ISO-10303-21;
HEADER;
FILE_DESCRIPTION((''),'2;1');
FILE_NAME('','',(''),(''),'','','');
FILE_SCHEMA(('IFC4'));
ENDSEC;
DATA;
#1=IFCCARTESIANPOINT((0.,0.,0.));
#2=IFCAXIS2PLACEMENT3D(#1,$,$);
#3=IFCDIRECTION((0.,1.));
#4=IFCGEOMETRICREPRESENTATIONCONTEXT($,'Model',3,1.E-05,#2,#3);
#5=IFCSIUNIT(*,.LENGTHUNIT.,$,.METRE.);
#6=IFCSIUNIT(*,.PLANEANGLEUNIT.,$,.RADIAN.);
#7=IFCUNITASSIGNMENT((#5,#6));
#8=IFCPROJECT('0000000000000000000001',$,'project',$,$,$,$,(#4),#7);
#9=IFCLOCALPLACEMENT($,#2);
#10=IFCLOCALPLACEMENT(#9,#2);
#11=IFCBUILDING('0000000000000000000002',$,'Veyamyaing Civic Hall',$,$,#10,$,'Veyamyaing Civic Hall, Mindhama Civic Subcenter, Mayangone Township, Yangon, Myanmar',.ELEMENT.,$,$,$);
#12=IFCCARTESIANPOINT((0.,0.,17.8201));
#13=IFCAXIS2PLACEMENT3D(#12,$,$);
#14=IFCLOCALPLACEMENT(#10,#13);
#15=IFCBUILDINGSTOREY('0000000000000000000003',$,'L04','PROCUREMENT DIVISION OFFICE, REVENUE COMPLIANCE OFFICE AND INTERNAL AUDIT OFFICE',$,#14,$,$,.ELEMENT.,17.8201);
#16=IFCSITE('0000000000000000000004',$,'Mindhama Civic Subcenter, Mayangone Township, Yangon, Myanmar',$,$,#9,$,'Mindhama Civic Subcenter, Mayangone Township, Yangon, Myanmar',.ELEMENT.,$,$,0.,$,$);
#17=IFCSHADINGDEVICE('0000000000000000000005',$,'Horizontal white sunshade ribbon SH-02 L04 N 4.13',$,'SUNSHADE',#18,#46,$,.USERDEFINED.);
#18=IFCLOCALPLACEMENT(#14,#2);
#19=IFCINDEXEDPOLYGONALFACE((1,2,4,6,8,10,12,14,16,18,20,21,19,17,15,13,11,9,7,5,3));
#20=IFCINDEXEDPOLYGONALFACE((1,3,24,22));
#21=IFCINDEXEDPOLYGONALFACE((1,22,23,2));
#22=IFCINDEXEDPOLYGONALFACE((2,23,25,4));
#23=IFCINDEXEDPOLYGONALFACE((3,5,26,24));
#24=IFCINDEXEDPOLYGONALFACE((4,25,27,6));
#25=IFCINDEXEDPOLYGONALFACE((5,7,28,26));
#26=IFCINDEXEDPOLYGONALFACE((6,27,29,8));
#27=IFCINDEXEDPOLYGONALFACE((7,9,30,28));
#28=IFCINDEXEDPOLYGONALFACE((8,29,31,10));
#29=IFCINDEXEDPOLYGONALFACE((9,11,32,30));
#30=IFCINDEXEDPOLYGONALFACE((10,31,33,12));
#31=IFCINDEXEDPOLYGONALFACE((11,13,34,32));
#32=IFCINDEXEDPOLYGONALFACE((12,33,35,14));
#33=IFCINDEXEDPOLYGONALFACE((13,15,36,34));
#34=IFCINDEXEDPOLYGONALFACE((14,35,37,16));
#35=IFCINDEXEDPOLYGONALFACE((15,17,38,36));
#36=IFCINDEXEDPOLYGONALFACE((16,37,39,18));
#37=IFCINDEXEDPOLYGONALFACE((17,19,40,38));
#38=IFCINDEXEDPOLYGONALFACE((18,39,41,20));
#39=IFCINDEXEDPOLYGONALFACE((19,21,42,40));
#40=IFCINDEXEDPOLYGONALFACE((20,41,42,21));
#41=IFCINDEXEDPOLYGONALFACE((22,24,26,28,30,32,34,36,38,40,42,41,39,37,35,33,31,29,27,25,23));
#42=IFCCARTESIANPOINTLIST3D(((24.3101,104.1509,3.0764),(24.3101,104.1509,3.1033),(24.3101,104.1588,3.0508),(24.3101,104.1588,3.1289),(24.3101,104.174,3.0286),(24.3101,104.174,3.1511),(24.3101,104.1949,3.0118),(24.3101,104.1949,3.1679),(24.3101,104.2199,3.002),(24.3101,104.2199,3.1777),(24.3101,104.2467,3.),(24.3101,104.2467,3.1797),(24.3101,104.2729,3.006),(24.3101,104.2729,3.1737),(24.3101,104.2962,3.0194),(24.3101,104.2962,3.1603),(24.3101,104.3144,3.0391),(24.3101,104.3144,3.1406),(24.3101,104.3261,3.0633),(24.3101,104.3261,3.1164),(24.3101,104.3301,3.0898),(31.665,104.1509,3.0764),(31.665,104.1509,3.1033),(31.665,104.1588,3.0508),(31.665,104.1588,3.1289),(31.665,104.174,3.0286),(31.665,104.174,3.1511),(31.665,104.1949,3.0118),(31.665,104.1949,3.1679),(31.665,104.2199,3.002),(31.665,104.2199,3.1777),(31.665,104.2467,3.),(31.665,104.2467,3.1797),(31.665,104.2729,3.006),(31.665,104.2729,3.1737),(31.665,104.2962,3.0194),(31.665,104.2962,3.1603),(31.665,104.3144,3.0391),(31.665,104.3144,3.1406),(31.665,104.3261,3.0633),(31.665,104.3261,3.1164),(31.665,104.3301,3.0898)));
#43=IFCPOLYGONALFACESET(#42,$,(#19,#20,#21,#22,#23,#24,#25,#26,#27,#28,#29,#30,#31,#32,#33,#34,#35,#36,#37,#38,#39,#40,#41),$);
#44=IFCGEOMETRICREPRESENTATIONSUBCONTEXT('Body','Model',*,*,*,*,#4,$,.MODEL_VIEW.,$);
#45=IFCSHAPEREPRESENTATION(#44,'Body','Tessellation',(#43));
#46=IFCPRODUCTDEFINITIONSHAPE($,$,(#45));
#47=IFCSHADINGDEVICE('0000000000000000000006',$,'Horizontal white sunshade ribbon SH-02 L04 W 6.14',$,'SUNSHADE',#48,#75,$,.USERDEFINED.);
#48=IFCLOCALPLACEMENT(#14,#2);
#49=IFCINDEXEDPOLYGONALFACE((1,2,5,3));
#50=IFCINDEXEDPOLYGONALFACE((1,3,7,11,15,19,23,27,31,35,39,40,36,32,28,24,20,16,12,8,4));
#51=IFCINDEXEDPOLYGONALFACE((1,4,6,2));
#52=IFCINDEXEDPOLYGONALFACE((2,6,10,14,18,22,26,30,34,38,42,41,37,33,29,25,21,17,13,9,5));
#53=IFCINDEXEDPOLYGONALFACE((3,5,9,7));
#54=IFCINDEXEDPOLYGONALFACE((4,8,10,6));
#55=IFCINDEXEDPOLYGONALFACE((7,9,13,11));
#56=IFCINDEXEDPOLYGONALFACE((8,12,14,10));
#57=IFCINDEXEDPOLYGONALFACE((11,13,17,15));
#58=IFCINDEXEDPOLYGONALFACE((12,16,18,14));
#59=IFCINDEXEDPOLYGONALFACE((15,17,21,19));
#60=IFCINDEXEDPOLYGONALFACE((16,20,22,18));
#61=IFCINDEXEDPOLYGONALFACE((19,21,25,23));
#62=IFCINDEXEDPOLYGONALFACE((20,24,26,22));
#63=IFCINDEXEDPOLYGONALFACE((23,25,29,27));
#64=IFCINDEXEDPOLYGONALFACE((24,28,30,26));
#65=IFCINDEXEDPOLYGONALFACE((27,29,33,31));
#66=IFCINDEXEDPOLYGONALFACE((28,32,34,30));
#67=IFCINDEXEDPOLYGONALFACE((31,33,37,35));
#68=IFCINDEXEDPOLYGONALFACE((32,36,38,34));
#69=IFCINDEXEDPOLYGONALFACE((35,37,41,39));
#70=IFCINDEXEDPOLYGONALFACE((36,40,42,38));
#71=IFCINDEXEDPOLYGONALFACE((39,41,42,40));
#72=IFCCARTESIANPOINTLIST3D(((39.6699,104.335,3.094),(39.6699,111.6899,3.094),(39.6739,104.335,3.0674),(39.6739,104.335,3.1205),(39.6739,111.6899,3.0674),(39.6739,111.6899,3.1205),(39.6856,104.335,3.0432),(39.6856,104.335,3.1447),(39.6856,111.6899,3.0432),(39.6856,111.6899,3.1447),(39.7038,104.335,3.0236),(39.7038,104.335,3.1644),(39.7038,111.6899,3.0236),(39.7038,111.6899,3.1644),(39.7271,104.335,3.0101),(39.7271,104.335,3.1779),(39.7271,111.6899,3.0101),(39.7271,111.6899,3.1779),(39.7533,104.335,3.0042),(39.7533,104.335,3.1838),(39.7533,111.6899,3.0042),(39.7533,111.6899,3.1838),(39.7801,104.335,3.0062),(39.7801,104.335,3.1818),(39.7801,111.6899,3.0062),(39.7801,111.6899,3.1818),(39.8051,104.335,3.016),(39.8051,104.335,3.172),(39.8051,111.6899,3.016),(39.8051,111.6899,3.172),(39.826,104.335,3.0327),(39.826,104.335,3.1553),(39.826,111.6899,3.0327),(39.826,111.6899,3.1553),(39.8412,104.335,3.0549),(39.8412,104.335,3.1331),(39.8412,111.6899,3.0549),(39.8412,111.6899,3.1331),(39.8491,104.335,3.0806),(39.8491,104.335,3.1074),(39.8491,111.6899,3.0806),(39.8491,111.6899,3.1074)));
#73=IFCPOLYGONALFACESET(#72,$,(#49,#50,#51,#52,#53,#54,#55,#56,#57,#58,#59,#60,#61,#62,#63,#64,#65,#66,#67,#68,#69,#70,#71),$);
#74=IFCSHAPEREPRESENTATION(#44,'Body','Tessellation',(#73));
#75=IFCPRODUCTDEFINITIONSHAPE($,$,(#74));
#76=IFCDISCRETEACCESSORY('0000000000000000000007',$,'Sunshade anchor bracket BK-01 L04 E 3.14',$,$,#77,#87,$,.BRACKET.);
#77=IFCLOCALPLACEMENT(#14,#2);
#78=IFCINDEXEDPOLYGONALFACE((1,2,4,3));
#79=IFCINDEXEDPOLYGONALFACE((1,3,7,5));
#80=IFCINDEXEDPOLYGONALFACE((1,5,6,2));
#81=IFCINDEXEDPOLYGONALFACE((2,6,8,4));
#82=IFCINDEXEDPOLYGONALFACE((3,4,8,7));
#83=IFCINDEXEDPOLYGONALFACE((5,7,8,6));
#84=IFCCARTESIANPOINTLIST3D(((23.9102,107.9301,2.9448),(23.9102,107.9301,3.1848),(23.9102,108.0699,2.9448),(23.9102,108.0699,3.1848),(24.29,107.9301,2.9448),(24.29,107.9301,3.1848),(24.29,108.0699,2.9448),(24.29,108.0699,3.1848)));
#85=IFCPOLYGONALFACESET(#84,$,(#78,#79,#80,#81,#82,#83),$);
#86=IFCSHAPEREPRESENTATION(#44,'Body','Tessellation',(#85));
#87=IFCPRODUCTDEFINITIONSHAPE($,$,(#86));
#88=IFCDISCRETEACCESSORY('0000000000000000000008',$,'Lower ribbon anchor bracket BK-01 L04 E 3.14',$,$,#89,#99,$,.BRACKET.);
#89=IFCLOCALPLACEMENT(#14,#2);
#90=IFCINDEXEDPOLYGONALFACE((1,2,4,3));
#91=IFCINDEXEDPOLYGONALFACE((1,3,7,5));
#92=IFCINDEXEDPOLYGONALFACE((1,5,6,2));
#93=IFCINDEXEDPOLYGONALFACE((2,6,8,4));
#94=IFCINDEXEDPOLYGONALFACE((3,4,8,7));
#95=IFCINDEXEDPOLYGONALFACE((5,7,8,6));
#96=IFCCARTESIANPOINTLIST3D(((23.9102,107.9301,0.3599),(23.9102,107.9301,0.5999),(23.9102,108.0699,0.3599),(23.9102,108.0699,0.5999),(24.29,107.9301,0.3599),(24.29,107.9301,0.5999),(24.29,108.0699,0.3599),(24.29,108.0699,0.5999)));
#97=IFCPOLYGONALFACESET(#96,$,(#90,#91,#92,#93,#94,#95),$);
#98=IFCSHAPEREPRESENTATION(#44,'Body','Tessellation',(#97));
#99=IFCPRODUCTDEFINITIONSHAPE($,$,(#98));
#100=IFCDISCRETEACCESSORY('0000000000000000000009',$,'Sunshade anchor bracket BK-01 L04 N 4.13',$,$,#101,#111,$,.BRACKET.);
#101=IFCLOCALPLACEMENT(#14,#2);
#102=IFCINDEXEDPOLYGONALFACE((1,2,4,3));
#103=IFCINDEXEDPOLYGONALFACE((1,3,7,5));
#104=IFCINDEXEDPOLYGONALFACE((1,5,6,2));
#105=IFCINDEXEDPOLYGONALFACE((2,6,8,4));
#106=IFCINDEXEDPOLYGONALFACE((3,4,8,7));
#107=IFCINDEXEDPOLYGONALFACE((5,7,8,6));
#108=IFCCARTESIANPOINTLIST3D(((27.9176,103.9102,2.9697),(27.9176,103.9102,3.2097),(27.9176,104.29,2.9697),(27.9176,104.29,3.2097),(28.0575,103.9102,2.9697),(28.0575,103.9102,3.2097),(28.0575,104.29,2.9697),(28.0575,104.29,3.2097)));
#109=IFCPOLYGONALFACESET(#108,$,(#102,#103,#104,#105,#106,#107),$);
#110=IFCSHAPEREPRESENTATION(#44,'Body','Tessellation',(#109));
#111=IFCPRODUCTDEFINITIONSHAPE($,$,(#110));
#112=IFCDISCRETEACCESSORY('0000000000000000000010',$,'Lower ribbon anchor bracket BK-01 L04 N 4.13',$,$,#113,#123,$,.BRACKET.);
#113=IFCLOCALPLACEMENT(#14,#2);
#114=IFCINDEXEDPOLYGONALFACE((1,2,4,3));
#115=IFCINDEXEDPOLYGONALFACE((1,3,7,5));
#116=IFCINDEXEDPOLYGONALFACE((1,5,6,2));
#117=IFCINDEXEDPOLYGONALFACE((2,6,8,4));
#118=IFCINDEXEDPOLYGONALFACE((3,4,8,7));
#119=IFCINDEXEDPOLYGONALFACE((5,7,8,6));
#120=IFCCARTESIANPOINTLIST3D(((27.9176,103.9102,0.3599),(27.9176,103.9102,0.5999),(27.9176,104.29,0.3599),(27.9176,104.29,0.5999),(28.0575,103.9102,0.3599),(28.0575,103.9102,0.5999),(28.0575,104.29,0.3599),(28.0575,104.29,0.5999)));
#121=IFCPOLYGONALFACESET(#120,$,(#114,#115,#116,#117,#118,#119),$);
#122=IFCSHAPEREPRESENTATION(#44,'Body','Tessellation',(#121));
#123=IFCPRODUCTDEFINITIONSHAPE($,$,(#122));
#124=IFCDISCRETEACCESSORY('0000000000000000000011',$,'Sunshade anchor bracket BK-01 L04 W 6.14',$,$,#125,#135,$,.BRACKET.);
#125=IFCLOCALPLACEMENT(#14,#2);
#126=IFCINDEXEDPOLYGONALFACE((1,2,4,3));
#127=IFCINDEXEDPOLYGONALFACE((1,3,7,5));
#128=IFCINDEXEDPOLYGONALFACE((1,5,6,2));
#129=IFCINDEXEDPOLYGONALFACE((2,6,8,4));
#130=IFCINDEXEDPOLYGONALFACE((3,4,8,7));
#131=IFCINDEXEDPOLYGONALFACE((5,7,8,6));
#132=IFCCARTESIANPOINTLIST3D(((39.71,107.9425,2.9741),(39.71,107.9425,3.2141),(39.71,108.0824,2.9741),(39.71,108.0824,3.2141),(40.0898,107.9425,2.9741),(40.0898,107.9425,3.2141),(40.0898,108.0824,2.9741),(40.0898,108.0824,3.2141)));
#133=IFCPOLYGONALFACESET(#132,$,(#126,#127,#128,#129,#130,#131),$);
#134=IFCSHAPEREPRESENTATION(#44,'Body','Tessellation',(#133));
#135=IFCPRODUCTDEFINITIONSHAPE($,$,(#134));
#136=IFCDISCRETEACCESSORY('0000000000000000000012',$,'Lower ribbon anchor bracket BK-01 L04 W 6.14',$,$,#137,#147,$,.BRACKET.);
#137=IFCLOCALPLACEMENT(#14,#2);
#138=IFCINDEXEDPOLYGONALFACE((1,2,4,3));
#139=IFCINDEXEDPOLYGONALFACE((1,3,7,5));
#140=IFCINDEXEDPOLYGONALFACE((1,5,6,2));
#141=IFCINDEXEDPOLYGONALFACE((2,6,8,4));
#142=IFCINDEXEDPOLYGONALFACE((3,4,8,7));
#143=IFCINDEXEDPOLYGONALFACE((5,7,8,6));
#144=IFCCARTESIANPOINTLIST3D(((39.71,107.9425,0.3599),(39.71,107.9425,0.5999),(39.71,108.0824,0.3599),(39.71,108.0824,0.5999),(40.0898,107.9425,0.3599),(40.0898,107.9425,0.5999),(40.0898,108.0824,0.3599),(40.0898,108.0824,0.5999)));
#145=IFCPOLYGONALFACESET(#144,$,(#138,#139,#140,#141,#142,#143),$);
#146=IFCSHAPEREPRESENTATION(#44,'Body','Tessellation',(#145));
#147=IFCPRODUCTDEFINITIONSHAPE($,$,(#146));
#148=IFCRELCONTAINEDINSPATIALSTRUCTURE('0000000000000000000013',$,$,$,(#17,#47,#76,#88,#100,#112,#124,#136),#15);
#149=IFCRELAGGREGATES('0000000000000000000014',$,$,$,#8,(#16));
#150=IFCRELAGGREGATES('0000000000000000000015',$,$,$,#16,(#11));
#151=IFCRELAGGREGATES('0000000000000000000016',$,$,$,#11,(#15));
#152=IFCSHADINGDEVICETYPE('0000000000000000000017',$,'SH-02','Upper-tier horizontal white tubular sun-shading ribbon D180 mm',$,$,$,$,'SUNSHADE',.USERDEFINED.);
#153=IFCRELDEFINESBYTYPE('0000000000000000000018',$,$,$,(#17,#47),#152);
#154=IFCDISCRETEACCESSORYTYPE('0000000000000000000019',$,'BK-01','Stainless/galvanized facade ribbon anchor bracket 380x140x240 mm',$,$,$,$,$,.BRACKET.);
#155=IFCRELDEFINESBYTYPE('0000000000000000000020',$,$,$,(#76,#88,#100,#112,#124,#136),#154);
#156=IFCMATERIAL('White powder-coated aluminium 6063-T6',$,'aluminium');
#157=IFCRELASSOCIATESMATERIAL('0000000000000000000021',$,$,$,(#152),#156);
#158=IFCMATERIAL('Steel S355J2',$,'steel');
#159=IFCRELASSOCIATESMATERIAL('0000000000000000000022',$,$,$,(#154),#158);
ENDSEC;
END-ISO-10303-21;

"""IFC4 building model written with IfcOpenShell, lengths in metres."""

from ifc_helpers import new_model, si_unit, direction, frame, origin, origin_2d, place, context, subcontext, project, spatial, rectangle, circle, extrude, material, material_profile, profile_set, type_object, element, save


model = new_model("IFC4")

# Units and contexts
model_context = context("Model", 3, precision=1e-05, world=origin(), true_north=direction((0.0, 1.0)))
body_context = subcontext(model_context, "Body", "Model", "MODEL_VIEW")
ifc_project = project(units=[si_unit("LENGTHUNIT", "METRE"), si_unit("PLANEANGLEUNIT", "RADIAN")], contexts=[model_context])

# Site, building, storey
site_placement = place(None, origin())
site = spatial("IfcSite", under=ifc_project, at=site_placement, Name="Mindhama Civic Subcenter, Mayangone Township, Yangon, Myanmar", LongName="Mindhama Civic Subcenter, Mayangone Township, Yangon, Myanmar", CompositionType="ELEMENT", RefElevation=0.0)
building_placement = place(site_placement, origin())
building = spatial("IfcBuilding", under=site, at=building_placement, Name="Veyamyaing Civic Hall", LongName="Veyamyaing Civic Hall, Mindhama Civic Subcenter, Mayangone Township, Yangon, Myanmar", CompositionType="ELEMENT")
storey_placement = place(building_placement, frame((0.0, 0.0, 17.8201)))
storey = spatial("IfcBuildingStorey", under=building, at=storey_placement, Name="L04", Description="PROCUREMENT DIVISION OFFICE, REVENUE COMPLIANCE OFFICE AND INTERNAL AUDIT OFFICE", CompositionType="ELEMENT", Elevation=17.8201)

# Shared definitions
ifc_material_1 = material(Name="White powder-coated aluminium 6063-T6", Category="aluminium")

# Shading devices
ifc_material_profile_1 = material_profile(ifc_material_1, circle(Radius=0.0901, at=origin_2d()), Name="SHADE-TUBE-180")
ifc_profile_set_1 = profile_set([ifc_material_profile_1], Name="White powder-coated aluminium 6063-T6")
shading_device_type = type_object("IfcShadingDeviceType", Name="SH-02", Description="Upper-tier horizontal white tubular sun-shading ribbon D180 mm", ElementType="SUNSHADE", PredefinedType="USERDEFINED", material=ifc_profile_set_1)
for number, where, z_axis, x_axis, name in (
    (1, (24.3101, 104.24, 3.0898), (1.0, 0.0, 0.0), (0.0, 1.0, 0.0), "Horizontal white sunshade ribbon SH-02 L04 N 4.13"),
    (2, (39.76, 104.335, 3.094), (0.0, 1.0, 0.0), (-1.0, 0.0, 0.0), "Horizontal white sunshade ribbon SH-02 L04 W 6.14"),
):
    element("IfcShadingDevice", number, at=place(storey_placement, frame(where, z_axis=z_axis, x_axis=x_axis)), inside=storey, type_object=shading_device_type, Name=name, ObjectType="SUNSHADE", PredefinedType="USERDEFINED", context=body_context, shape_type="SweptSolid", body=[
        extrude(circle(Radius=0.0901, at=origin_2d()), origin(), (0.0, 0.0, 1.0), 7.355),
    ])

# Discrete accessories
ifc_material_2 = material(Name="Steel S355J2", Category="steel")
discrete_accessory_type = type_object("IfcDiscreteAccessoryType", Name="BK-01", Description="Stainless/galvanized facade ribbon anchor bracket 380x140x240 mm", PredefinedType="BRACKET", material=ifc_material_2)
for number, where, z_axis, x_axis, name in (
    (3, (24.1001, 108.0, 2.9448), (0.0, 0.0, 1.0), (1.0, 0.0, 0.0), "Sunshade anchor bracket BK-01 L04 E 3.14"),
    (4, (24.1001, 108.0, 0.3599), (0.0, 0.0, 1.0), (1.0, 0.0, 0.0), "Lower ribbon anchor bracket BK-01 L04 E 3.14"),
    (5, (27.9875, 104.1001, 2.9697), (0.0, 0.0, 1.0), (0.0, 1.0, 0.0), "Sunshade anchor bracket BK-01 L04 N 4.13"),
    (6, (27.9875, 104.1001, 0.3599), (0.0, 0.0, 1.0), (0.0, 1.0, 0.0), "Lower ribbon anchor bracket BK-01 L04 N 4.13"),
    (7, (39.8999, 108.0125, 2.9741), (0.0, 0.0, 1.0), (-1.0, 0.0, 0.0), "Sunshade anchor bracket BK-01 L04 W 6.14"),
    (8, (39.8999, 108.0125, 0.3599), (0.0, 0.0, 1.0), (-1.0, 0.0, 0.0), "Lower ribbon anchor bracket BK-01 L04 W 6.14"),
):
    element("IfcDiscreteAccessory", number, at=place(storey_placement, frame(where, z_axis=z_axis, x_axis=x_axis)), inside=storey, type_object=discrete_accessory_type, Name=name, PredefinedType="BRACKET", context=body_context, shape_type="SweptSolid", body=[
        extrude(rectangle(XDim=0.3799, YDim=0.1399, at=origin_2d()), origin(), (0.0, 0.0, 1.0), 0.24),
    ])

save(model, "model.ifc")
